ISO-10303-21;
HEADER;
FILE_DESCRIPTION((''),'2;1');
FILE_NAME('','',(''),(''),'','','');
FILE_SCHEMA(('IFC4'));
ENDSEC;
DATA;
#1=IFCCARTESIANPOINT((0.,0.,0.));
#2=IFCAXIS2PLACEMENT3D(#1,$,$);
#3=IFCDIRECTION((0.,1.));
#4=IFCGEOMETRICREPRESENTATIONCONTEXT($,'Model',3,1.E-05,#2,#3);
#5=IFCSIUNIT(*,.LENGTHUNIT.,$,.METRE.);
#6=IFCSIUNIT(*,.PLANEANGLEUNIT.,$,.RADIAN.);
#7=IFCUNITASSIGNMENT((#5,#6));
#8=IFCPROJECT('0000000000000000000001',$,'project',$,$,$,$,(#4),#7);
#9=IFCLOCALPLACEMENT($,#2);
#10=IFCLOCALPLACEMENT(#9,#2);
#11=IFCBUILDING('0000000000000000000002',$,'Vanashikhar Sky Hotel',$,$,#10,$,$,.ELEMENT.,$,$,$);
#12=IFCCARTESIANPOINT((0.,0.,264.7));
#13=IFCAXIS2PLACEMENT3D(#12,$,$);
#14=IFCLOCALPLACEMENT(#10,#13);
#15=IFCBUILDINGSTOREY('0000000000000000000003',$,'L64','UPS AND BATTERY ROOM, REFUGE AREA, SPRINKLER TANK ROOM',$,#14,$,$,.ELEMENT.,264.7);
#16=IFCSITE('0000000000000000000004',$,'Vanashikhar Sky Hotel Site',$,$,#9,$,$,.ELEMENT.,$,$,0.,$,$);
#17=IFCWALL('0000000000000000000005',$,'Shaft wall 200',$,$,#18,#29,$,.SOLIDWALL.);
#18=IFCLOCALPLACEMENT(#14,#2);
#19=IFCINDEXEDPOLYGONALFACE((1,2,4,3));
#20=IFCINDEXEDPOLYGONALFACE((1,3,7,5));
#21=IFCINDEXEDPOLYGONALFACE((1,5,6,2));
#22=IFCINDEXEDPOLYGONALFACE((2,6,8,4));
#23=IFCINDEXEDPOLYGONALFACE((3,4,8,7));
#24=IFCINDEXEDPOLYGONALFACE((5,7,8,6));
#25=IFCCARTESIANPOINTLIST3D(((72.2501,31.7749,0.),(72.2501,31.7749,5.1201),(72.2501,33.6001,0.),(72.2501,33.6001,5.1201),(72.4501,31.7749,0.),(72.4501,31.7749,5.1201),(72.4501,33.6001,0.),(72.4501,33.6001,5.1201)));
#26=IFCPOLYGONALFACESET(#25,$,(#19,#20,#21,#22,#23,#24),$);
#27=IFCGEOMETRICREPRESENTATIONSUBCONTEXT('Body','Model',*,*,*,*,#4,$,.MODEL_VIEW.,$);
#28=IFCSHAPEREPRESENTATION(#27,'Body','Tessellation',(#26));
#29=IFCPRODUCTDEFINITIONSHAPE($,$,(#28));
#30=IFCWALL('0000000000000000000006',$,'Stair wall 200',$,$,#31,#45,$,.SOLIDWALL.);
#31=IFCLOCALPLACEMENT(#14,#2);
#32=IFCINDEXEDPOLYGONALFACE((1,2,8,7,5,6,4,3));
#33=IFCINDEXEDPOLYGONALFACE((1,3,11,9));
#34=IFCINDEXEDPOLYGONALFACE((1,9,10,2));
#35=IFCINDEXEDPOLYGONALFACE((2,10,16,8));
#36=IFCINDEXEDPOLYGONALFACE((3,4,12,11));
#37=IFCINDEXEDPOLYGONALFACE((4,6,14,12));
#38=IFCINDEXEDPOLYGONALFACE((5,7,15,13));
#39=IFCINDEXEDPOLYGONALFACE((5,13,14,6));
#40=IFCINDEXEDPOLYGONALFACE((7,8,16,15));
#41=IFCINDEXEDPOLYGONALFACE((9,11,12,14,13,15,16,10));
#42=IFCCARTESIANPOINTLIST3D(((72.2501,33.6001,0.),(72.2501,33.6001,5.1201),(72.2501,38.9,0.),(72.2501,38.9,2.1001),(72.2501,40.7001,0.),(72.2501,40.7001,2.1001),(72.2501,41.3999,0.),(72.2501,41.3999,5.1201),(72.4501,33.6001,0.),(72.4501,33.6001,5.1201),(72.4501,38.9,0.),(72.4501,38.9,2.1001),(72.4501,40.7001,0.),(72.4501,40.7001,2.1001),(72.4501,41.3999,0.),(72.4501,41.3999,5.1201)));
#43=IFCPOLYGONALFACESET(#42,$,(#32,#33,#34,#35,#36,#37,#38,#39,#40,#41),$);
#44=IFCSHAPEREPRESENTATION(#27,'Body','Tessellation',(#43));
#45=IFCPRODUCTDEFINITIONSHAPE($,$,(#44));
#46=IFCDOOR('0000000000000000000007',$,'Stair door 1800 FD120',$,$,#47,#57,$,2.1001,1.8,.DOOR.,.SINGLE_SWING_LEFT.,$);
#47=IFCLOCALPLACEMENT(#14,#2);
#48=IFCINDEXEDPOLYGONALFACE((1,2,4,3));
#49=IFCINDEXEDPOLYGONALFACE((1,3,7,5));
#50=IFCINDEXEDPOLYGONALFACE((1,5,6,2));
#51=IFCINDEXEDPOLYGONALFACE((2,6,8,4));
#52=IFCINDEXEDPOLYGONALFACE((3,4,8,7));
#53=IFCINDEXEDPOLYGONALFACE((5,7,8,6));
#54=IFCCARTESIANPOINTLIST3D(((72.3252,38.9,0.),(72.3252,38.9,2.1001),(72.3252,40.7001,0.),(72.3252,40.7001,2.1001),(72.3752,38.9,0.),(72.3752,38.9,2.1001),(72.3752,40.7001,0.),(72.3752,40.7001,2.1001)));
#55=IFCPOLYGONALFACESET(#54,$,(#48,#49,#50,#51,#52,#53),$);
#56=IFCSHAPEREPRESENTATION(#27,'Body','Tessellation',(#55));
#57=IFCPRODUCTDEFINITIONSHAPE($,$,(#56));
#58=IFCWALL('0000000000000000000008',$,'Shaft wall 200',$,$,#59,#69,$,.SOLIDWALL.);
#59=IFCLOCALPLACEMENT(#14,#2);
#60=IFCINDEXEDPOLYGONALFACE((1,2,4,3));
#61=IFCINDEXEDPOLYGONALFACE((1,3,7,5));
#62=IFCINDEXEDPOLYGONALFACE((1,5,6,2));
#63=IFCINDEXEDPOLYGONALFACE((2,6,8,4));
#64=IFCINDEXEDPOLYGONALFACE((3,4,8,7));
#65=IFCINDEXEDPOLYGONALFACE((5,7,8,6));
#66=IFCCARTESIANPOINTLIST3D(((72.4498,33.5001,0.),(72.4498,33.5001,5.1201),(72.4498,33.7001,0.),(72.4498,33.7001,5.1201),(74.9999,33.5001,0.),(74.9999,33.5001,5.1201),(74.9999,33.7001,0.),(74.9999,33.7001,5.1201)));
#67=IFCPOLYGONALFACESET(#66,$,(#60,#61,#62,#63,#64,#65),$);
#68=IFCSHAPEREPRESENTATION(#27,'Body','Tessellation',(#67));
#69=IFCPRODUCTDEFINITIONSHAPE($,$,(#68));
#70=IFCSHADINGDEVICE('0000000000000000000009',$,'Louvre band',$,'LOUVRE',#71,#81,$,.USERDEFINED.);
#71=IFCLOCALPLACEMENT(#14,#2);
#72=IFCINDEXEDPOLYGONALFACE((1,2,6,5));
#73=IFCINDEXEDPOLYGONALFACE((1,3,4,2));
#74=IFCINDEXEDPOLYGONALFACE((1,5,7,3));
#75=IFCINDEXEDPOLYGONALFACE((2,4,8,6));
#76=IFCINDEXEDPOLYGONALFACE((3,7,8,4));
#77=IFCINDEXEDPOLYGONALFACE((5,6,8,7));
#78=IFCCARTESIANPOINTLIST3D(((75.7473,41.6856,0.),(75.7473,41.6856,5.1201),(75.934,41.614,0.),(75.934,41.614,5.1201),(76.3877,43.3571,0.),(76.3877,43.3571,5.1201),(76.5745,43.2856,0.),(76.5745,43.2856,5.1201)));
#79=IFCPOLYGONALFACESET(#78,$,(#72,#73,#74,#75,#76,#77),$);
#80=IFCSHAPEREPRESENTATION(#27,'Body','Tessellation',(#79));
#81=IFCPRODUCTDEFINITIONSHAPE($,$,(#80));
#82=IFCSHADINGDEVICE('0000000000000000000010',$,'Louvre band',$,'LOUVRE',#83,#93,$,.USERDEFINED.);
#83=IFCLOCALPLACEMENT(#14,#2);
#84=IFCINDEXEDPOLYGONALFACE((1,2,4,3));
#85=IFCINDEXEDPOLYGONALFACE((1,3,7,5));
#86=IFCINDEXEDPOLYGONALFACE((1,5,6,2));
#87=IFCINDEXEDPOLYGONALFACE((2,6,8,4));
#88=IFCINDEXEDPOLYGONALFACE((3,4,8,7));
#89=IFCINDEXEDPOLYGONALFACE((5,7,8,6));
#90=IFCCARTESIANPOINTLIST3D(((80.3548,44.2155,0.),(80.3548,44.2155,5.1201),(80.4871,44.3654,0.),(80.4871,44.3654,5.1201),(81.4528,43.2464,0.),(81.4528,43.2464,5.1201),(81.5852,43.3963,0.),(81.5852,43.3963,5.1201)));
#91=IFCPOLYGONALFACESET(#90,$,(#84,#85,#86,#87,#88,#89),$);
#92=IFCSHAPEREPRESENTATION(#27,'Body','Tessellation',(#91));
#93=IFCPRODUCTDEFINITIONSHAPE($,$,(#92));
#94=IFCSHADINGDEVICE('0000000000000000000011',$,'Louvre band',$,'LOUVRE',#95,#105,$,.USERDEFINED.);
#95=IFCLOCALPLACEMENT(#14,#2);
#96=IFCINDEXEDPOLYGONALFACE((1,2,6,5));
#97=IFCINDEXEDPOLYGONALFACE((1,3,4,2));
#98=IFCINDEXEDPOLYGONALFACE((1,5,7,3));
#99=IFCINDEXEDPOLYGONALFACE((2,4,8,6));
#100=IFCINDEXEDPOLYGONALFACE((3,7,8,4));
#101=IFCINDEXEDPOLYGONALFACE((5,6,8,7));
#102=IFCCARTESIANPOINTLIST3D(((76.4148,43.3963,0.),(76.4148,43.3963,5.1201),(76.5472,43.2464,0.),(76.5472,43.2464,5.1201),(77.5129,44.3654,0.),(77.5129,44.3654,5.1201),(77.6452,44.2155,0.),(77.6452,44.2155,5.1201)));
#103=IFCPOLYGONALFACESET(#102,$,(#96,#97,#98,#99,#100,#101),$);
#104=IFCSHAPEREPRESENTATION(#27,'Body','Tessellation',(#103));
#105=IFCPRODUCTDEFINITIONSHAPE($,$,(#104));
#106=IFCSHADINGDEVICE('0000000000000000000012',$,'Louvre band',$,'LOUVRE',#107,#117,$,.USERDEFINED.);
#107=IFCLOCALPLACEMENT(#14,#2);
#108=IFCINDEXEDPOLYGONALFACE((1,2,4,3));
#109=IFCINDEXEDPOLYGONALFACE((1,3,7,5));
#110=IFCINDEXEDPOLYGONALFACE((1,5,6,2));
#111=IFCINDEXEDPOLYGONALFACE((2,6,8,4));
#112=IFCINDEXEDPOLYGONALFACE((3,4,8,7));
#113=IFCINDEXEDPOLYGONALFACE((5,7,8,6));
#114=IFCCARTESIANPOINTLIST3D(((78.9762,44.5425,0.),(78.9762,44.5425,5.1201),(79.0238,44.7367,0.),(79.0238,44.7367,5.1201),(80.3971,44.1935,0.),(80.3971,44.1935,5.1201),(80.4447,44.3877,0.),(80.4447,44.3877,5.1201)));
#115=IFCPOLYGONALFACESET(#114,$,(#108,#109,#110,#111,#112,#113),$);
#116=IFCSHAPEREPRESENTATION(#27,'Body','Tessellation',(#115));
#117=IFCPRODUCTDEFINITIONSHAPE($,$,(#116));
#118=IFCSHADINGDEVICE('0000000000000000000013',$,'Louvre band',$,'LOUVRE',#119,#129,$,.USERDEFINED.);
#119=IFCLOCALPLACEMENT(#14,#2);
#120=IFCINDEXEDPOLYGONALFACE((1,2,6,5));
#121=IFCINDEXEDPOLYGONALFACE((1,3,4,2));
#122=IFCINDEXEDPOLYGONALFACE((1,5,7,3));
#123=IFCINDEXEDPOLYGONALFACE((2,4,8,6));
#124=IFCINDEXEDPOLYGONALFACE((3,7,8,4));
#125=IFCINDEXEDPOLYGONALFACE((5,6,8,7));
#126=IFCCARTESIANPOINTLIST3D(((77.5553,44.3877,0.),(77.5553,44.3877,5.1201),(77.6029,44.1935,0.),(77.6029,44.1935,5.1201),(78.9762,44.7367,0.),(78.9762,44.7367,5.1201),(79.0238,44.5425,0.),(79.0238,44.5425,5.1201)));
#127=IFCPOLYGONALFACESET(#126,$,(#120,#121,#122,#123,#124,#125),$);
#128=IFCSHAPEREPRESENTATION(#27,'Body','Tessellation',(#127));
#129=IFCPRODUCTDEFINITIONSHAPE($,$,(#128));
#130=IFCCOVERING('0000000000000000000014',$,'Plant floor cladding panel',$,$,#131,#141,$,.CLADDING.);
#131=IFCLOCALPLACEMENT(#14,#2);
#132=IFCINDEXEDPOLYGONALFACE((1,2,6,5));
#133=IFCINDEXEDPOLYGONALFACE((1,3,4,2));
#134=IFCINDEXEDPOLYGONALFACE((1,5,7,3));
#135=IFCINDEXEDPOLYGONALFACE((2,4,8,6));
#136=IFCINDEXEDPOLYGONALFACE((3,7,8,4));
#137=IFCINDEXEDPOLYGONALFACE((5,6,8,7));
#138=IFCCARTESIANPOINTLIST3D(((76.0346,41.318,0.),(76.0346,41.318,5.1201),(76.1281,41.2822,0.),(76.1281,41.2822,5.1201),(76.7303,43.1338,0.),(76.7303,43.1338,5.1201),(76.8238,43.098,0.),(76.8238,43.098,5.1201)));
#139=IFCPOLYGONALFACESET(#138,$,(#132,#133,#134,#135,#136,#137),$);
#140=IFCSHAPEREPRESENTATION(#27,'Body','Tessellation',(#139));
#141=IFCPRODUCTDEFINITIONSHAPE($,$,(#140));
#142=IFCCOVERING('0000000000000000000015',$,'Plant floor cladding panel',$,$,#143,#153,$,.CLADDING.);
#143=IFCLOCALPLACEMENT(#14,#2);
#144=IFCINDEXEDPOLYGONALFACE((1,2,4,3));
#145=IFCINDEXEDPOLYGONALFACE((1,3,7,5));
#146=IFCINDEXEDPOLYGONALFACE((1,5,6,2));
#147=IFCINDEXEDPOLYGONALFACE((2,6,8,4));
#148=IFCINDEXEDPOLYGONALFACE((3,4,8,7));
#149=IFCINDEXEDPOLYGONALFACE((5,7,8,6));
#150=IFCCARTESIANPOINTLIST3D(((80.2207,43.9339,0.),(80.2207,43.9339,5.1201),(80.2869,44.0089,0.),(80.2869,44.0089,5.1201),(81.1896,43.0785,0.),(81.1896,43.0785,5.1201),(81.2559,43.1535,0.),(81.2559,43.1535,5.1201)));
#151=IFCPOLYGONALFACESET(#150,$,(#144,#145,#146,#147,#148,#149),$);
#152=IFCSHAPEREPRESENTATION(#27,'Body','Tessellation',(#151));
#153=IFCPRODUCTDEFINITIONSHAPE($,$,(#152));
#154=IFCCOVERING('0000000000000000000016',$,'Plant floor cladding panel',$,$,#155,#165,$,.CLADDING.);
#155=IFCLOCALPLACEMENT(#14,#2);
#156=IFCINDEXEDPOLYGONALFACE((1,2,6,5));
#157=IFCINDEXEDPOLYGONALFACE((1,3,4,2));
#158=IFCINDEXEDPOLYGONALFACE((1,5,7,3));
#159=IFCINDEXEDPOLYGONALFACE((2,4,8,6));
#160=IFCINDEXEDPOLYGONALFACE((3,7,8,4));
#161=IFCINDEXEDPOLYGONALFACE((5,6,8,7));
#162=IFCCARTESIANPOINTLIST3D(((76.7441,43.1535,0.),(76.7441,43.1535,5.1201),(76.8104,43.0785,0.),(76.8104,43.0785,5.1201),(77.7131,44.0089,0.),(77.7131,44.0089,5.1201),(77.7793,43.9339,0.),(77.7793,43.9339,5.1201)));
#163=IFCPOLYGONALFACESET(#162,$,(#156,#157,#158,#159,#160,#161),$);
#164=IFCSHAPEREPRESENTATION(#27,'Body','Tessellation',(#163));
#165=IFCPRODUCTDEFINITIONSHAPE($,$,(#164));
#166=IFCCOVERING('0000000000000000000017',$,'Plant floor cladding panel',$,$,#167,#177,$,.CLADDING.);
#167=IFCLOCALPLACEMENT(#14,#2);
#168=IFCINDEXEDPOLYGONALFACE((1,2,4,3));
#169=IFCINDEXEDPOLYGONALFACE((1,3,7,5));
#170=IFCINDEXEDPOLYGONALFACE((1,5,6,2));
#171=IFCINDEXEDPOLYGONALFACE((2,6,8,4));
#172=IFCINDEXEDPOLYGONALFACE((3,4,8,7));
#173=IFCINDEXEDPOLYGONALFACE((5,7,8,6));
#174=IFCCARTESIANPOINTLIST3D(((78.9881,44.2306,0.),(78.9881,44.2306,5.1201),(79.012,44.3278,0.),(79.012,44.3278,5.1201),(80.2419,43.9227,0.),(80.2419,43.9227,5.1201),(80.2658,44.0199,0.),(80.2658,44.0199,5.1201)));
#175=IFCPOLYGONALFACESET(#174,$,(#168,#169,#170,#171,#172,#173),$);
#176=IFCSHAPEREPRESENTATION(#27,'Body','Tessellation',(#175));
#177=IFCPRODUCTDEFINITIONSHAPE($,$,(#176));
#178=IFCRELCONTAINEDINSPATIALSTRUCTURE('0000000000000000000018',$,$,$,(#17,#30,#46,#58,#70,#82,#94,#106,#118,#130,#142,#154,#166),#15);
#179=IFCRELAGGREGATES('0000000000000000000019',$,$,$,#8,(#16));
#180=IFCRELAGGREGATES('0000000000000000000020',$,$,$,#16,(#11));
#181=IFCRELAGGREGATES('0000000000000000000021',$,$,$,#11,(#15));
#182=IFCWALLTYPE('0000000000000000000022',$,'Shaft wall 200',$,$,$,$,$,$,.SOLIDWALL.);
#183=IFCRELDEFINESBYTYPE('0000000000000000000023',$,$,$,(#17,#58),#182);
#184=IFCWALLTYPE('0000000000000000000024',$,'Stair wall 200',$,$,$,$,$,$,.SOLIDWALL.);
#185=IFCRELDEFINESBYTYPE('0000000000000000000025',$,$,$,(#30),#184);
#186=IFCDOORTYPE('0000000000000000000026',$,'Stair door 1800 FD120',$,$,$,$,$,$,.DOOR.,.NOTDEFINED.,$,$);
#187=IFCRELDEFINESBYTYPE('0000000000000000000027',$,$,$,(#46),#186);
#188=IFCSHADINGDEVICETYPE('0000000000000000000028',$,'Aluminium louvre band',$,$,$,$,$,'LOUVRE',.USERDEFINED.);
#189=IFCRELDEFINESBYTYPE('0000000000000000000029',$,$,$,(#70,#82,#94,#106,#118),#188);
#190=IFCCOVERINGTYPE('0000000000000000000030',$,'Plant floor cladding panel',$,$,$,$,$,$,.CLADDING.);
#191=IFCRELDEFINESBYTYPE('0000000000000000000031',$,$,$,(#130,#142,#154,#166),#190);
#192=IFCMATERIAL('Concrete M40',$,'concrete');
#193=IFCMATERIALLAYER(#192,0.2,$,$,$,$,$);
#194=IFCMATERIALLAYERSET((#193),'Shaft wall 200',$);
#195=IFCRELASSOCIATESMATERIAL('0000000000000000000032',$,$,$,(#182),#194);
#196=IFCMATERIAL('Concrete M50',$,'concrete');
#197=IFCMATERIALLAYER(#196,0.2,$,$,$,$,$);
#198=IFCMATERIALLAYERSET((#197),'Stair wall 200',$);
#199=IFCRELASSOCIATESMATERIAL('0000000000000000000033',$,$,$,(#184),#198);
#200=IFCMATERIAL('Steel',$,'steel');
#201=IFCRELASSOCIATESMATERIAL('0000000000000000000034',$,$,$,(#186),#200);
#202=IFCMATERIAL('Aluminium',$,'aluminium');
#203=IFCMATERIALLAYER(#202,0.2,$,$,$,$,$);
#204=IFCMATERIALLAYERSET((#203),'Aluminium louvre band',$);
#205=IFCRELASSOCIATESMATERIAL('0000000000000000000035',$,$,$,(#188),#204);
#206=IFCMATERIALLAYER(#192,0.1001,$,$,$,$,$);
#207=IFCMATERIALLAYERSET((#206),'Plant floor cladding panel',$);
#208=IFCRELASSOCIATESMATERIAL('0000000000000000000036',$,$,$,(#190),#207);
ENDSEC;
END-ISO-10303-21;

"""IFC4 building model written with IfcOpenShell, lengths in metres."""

from ifc_helpers import new_model, si_unit, direction, frame, frame_2d, origin, origin_2d, place, context, subcontext, project, spatial, rectangle, extrude, source, transform, mapped, material, layer, layer_set, type_object, element, fill, save


model = new_model("IFC4")

# Units and contexts
model_context = context("Model", 3, precision=1e-05, world=origin(), true_north=direction((0.0, 1.0)))
body_context = subcontext(model_context, "Body", "Model", "MODEL_VIEW")
ifc_project = project(units=[si_unit("LENGTHUNIT", "METRE"), si_unit("PLANEANGLEUNIT", "RADIAN")], contexts=[model_context])

# Site, building, storey
site_placement = place(None, origin())
site = spatial("IfcSite", under=ifc_project, at=site_placement, Name="Vanashikhar Sky Hotel Site", CompositionType="ELEMENT", RefElevation=0.0)
building_placement = place(site_placement, origin())
building = spatial("IfcBuilding", under=site, at=building_placement, Name="Vanashikhar Sky Hotel", CompositionType="ELEMENT")
storey_placement = place(building_placement, frame((0.0, 0.0, 264.7)))
storey = spatial("IfcBuildingStorey", under=building, at=storey_placement, Name="L64", Description="UPS AND BATTERY ROOM, REFUGE AREA, SPRINKLER TANK ROOM", CompositionType="ELEMENT", Elevation=264.7)

# Wall
ifc_material_1 = material(Name="Concrete M40", Category="concrete")
ifc_layer_1 = layer(ifc_material_1, 0.2)
ifc_layer_set_1 = layer_set([ifc_layer_1], Name="Shaft wall 200")
wall_type_1 = type_object("IfcWallType", Name="Shaft wall 200", PredefinedType="SOLIDWALL", material=ifc_layer_set_1)
shared_shape_1 = source(origin(), body_context, "Body", "SweptSolid", [
    extrude(rectangle(XDim=1.8252, YDim=0.2, at=frame_2d((0.9126, 0.0))), origin(), (0.0, 0.0, 1.0), 5.1201),
])
wall_1_placement = place(storey_placement, frame((72.3501, 31.7749, 0.0), z_axis=(0.0, 0.0, 1.0), x_axis=(0.0, 1.0, 0.0)))
element("IfcWall", 1, at=wall_1_placement, inside=storey, type_object=wall_type_1, Name="Shaft wall 200", PredefinedType="SOLIDWALL", context=body_context, shape_type="MappedRepresentation", body=[
    mapped(shared_shape_1, transform((0.0, 0.0, 0.0), scale=1.0)),
])

# Wall, opening, door
ifc_material_2 = material(Name="Concrete M50", Category="concrete")
ifc_layer_2 = layer(ifc_material_2, 0.2)
ifc_layer_set_2 = layer_set([ifc_layer_2], Name="Stair wall 200")
wall_type_2 = type_object("IfcWallType", Name="Stair wall 200", PredefinedType="SOLIDWALL", material=ifc_layer_set_2)
shared_shape_2 = source(origin(), body_context, "Body", "SweptSolid", [
    extrude(rectangle(XDim=7.7998, YDim=0.2, at=frame_2d((3.8999, 0.0))), origin(), (0.0, 0.0, 1.0), 5.1201),
])
wall_2_placement = place(storey_placement, frame((72.3501, 33.6001, 0.0), z_axis=(0.0, 0.0, 1.0), x_axis=(0.0, 1.0, 0.0)))
wall_2 = element("IfcWall", 2, at=wall_2_placement, inside=storey, type_object=wall_type_2, Name="Stair wall 200", PredefinedType="SOLIDWALL", context=body_context, shape_type="MappedRepresentation", body=[
    mapped(shared_shape_2, transform((0.0, 0.0, 0.0), scale=1.0)),
])
shared_shape_3 = source(origin(), body_context, "Body", "SweptSolid", [
    extrude(rectangle(XDim=1.8, YDim=2.1001, at=frame_2d((0.8999, 1.05))), frame((0.0, 0.1099, 0.0), z_axis=(0.0, -1.0, 0.0), x_axis=(1.0, 0.0, 0.0)), (0.0, 0.0, 1.0), 0.22),
])
opening_placement = place(wall_2_placement, frame((5.3, 0.0, 0.0)))
opening = element("IfcOpeningElement", 3, at=opening_placement, cuts=wall_2, PredefinedType="OPENING", context=body_context, shape_type="MappedRepresentation", body=[
    mapped(shared_shape_3, transform((0.0, 0.0, 0.0), scale=1.0)),
])
ifc_material_3 = material(Name="Steel", Category="steel")
door_type = type_object("IfcDoorType", Name="Stair door 1800 FD120", OperationType="NOTDEFINED", PredefinedType="DOOR", material=ifc_material_3)
shared_shape_4 = source(origin(), body_context, "Body", "SweptSolid", [
    extrude(rectangle(XDim=1.8, YDim=2.1001, at=frame_2d((0.8999, 1.05))), frame((0.0, 0.0249, 0.0), z_axis=(0.0, -1.0, 0.0), x_axis=(1.0, 0.0, 0.0)), (0.0, 0.0, 1.0), 0.05),
])
door_placement = place(opening_placement, origin())
door = element("IfcDoor", 4, at=door_placement, inside=storey, type_object=door_type, Name="Stair door 1800 FD120", OperationType="SINGLE_SWING_LEFT", OverallHeight=2.1001, OverallWidth=1.8, PredefinedType="DOOR", context=body_context, shape_type="MappedRepresentation", body=[
    mapped(shared_shape_4, transform((0.0, 0.0, 0.0), scale=1.0)),
])
fill(opening, door)

# Wall
shared_shape_5 = source(origin(), body_context, "Body", "SweptSolid", [
    extrude(rectangle(XDim=2.55, YDim=0.2, at=frame_2d((1.2749, 0.0))), origin(), (0.0, 0.0, 1.0), 5.1201),
])
wall_3_placement = place(storey_placement, frame((72.45, 33.6001, 0.0), z_axis=(0.0, 0.0, 1.0), x_axis=(1.0, 0.0, 0.0)))
element("IfcWall", 5, at=wall_3_placement, inside=storey, type_object=wall_type_1, Name="Shaft wall 200", PredefinedType="SOLIDWALL", context=body_context, shape_type="MappedRepresentation", body=[
    mapped(shared_shape_5, transform((0.0, 0.0, 0.0), scale=1.0)),
])

# Shading devices
ifc_material_4 = material(Name="Aluminium", Category="aluminium")
ifc_layer_3 = layer(ifc_material_4, 0.2)
ifc_layer_set_3 = layer_set([ifc_layer_3], Name="Aluminium louvre band")
shading_device_type = type_object("IfcShadingDeviceType", Name="Aluminium louvre band", ElementType="LOUVRE", PredefinedType="USERDEFINED", material=ifc_layer_set_3)
shared_shape_6 = source(origin(), body_context, "Body", "SweptSolid", [
    extrude(rectangle(XDim=1.79, YDim=0.2, at=origin_2d()), origin(), (0.0, 0.0, 1.0), 5.1201),
])
shading_device_1_placement = place(storey_placement, frame((76.1609, 42.4856, 0.0), z_axis=(0.0, 0.0, 1.0), x_axis=(-0.357765, -0.933812, 0.0)))
element("IfcShadingDevice", 6, at=shading_device_1_placement, inside=storey, type_object=shading_device_type, Name="Louvre band", ObjectType="LOUVRE", PredefinedType="USERDEFINED", context=body_context, shape_type="MappedRepresentation", body=[
    mapped(shared_shape_6, transform((0.0, 0.0, 0.0), scale=1.0)),
])
shared_shape_7 = source(origin(), body_context, "Body", "SweptSolid", [
    extrude(rectangle(XDim=1.4646, YDim=0.2, at=origin_2d()), origin(), (0.0, 0.0, 1.0), 5.1201),
])
for number, where, z_axis, x_axis, name in (
    (7, (80.97, 43.8059, 0.0), (0.0, 0.0, 1.0), (-0.749742, 0.661731, 0.0), "Louvre band"),
    (8, (77.03, 43.8059, 0.0), (0.0, 0.0, 1.0), (-0.749742, -0.661731, 0.0), "Louvre band"),
):
    element("IfcShadingDevice", number, at=place(storey_placement, frame(where, z_axis=z_axis, x_axis=x_axis)), inside=storey, type_object=shading_device_type, Name=name, ObjectType="LOUVRE", PredefinedType="USERDEFINED", context=body_context, shape_type="MappedRepresentation", body=[
        mapped(shared_shape_7, transform((0.0, 0.0, 0.0), scale=1.0)),
    ])
shared_shape_8 = source(origin(), body_context, "Body", "SweptSolid", [
    extrude(rectangle(XDim=1.4631, YDim=0.2, at=origin_2d()), origin(), (0.0, 0.0, 1.0), 5.1201),
])
for number, where, z_axis, x_axis, name in (
    (9, (79.7104, 44.4651, 0.0), (0.0, 0.0, 1.0), (-0.971134, 0.238533, 0.0), "Louvre band"),
    (10, (78.2896, 44.4651, 0.0), (0.0, 0.0, 1.0), (-0.971134, -0.238533, 0.0), "Louvre band"),
):
    element("IfcShadingDevice", number, at=place(storey_placement, frame(where, z_axis=z_axis, x_axis=x_axis)), inside=storey, type_object=shading_device_type, Name=name, ObjectType="LOUVRE", PredefinedType="USERDEFINED", context=body_context, shape_type="MappedRepresentation", body=[
        mapped(shared_shape_8, transform((0.0, 0.0, 0.0), scale=1.0)),
    ])

# Coverings
ifc_layer_4 = layer(ifc_material_1, 0.1001)
ifc_layer_set_4 = layer_set([ifc_layer_4], Name="Plant floor cladding panel")
covering_type_1 = type_object("IfcCoveringType", Name="Plant floor cladding panel", PredefinedType="CLADDING", material=ifc_layer_set_4)
shared_shape_9 = source(origin(), body_context, "Body", "SweptSolid", [
    extrude(rectangle(XDim=1.9446, YDim=0.1001, at=origin_2d()), origin(), (0.0, 0.0, 1.0), 5.1201),
])
covering_1_placement = place(storey_placement, frame((76.4292, 42.208, 0.0), z_axis=(0.0, 0.0, 1.0), x_axis=(-0.357781, -0.933805, 0.0)))
element("IfcCovering", 11, at=covering_1_placement, inside=storey, type_object=covering_type_1, Name="Plant floor cladding panel", PredefinedType="CLADDING", context=body_context, shape_type="MappedRepresentation", body=[
    mapped(shared_shape_9, transform((0.0, 0.0, 0.0), scale=1.0)),
])
shared_shape_10 = source(origin(), body_context, "Body", "SweptSolid", [
    extrude(rectangle(XDim=1.2925, YDim=0.1001, at=origin_2d()), origin(), (0.0, 0.0, 1.0), 5.1201),
])
for number, where, z_axis, x_axis, name in (
    (12, (80.7383, 43.5437, 0.0), (0.0, 0.0, 1.0), (-0.749684, 0.661796, 0.0), "Plant floor cladding panel"),
    (13, (77.2617, 43.5437, 0.0), (0.0, 0.0, 1.0), (-0.749684, -0.661796, 0.0), "Plant floor cladding panel"),
):
    element("IfcCovering", number, at=place(storey_placement, frame(where, z_axis=z_axis, x_axis=x_axis)), inside=storey, type_object=covering_type_1, Name=name, PredefinedType="CLADDING", context=body_context, shape_type="MappedRepresentation", body=[
        mapped(shared_shape_10, transform((0.0, 0.0, 0.0), scale=1.0)),
    ])
shared_shape_11 = source(origin(), body_context, "Body", "SweptSolid", [
    extrude(rectangle(XDim=1.291, YDim=0.1001, at=origin_2d()), origin(), (0.0, 0.0, 1.0), 5.1201),
])
for number, where, z_axis, x_axis, name in (
    (14, (79.627, 44.1252, 0.0), (0.0, 0.0, 1.0), (-0.971151, 0.238466, 0.0), "Plant floor cladding panel"),
):
    element("IfcCovering", number, at=place(storey_placement, frame(where, z_axis=z_axis, x_axis=x_axis)), inside=storey, type_object=covering_type_1, Name=name, PredefinedType="CLADDING", context=body_context, shape_type="MappedRepresentation", body=[
        mapped(shared_shape_11, transform((0.0, 0.0, 0.0), scale=1.0)),
    ])

save(model, "model.ifc")
